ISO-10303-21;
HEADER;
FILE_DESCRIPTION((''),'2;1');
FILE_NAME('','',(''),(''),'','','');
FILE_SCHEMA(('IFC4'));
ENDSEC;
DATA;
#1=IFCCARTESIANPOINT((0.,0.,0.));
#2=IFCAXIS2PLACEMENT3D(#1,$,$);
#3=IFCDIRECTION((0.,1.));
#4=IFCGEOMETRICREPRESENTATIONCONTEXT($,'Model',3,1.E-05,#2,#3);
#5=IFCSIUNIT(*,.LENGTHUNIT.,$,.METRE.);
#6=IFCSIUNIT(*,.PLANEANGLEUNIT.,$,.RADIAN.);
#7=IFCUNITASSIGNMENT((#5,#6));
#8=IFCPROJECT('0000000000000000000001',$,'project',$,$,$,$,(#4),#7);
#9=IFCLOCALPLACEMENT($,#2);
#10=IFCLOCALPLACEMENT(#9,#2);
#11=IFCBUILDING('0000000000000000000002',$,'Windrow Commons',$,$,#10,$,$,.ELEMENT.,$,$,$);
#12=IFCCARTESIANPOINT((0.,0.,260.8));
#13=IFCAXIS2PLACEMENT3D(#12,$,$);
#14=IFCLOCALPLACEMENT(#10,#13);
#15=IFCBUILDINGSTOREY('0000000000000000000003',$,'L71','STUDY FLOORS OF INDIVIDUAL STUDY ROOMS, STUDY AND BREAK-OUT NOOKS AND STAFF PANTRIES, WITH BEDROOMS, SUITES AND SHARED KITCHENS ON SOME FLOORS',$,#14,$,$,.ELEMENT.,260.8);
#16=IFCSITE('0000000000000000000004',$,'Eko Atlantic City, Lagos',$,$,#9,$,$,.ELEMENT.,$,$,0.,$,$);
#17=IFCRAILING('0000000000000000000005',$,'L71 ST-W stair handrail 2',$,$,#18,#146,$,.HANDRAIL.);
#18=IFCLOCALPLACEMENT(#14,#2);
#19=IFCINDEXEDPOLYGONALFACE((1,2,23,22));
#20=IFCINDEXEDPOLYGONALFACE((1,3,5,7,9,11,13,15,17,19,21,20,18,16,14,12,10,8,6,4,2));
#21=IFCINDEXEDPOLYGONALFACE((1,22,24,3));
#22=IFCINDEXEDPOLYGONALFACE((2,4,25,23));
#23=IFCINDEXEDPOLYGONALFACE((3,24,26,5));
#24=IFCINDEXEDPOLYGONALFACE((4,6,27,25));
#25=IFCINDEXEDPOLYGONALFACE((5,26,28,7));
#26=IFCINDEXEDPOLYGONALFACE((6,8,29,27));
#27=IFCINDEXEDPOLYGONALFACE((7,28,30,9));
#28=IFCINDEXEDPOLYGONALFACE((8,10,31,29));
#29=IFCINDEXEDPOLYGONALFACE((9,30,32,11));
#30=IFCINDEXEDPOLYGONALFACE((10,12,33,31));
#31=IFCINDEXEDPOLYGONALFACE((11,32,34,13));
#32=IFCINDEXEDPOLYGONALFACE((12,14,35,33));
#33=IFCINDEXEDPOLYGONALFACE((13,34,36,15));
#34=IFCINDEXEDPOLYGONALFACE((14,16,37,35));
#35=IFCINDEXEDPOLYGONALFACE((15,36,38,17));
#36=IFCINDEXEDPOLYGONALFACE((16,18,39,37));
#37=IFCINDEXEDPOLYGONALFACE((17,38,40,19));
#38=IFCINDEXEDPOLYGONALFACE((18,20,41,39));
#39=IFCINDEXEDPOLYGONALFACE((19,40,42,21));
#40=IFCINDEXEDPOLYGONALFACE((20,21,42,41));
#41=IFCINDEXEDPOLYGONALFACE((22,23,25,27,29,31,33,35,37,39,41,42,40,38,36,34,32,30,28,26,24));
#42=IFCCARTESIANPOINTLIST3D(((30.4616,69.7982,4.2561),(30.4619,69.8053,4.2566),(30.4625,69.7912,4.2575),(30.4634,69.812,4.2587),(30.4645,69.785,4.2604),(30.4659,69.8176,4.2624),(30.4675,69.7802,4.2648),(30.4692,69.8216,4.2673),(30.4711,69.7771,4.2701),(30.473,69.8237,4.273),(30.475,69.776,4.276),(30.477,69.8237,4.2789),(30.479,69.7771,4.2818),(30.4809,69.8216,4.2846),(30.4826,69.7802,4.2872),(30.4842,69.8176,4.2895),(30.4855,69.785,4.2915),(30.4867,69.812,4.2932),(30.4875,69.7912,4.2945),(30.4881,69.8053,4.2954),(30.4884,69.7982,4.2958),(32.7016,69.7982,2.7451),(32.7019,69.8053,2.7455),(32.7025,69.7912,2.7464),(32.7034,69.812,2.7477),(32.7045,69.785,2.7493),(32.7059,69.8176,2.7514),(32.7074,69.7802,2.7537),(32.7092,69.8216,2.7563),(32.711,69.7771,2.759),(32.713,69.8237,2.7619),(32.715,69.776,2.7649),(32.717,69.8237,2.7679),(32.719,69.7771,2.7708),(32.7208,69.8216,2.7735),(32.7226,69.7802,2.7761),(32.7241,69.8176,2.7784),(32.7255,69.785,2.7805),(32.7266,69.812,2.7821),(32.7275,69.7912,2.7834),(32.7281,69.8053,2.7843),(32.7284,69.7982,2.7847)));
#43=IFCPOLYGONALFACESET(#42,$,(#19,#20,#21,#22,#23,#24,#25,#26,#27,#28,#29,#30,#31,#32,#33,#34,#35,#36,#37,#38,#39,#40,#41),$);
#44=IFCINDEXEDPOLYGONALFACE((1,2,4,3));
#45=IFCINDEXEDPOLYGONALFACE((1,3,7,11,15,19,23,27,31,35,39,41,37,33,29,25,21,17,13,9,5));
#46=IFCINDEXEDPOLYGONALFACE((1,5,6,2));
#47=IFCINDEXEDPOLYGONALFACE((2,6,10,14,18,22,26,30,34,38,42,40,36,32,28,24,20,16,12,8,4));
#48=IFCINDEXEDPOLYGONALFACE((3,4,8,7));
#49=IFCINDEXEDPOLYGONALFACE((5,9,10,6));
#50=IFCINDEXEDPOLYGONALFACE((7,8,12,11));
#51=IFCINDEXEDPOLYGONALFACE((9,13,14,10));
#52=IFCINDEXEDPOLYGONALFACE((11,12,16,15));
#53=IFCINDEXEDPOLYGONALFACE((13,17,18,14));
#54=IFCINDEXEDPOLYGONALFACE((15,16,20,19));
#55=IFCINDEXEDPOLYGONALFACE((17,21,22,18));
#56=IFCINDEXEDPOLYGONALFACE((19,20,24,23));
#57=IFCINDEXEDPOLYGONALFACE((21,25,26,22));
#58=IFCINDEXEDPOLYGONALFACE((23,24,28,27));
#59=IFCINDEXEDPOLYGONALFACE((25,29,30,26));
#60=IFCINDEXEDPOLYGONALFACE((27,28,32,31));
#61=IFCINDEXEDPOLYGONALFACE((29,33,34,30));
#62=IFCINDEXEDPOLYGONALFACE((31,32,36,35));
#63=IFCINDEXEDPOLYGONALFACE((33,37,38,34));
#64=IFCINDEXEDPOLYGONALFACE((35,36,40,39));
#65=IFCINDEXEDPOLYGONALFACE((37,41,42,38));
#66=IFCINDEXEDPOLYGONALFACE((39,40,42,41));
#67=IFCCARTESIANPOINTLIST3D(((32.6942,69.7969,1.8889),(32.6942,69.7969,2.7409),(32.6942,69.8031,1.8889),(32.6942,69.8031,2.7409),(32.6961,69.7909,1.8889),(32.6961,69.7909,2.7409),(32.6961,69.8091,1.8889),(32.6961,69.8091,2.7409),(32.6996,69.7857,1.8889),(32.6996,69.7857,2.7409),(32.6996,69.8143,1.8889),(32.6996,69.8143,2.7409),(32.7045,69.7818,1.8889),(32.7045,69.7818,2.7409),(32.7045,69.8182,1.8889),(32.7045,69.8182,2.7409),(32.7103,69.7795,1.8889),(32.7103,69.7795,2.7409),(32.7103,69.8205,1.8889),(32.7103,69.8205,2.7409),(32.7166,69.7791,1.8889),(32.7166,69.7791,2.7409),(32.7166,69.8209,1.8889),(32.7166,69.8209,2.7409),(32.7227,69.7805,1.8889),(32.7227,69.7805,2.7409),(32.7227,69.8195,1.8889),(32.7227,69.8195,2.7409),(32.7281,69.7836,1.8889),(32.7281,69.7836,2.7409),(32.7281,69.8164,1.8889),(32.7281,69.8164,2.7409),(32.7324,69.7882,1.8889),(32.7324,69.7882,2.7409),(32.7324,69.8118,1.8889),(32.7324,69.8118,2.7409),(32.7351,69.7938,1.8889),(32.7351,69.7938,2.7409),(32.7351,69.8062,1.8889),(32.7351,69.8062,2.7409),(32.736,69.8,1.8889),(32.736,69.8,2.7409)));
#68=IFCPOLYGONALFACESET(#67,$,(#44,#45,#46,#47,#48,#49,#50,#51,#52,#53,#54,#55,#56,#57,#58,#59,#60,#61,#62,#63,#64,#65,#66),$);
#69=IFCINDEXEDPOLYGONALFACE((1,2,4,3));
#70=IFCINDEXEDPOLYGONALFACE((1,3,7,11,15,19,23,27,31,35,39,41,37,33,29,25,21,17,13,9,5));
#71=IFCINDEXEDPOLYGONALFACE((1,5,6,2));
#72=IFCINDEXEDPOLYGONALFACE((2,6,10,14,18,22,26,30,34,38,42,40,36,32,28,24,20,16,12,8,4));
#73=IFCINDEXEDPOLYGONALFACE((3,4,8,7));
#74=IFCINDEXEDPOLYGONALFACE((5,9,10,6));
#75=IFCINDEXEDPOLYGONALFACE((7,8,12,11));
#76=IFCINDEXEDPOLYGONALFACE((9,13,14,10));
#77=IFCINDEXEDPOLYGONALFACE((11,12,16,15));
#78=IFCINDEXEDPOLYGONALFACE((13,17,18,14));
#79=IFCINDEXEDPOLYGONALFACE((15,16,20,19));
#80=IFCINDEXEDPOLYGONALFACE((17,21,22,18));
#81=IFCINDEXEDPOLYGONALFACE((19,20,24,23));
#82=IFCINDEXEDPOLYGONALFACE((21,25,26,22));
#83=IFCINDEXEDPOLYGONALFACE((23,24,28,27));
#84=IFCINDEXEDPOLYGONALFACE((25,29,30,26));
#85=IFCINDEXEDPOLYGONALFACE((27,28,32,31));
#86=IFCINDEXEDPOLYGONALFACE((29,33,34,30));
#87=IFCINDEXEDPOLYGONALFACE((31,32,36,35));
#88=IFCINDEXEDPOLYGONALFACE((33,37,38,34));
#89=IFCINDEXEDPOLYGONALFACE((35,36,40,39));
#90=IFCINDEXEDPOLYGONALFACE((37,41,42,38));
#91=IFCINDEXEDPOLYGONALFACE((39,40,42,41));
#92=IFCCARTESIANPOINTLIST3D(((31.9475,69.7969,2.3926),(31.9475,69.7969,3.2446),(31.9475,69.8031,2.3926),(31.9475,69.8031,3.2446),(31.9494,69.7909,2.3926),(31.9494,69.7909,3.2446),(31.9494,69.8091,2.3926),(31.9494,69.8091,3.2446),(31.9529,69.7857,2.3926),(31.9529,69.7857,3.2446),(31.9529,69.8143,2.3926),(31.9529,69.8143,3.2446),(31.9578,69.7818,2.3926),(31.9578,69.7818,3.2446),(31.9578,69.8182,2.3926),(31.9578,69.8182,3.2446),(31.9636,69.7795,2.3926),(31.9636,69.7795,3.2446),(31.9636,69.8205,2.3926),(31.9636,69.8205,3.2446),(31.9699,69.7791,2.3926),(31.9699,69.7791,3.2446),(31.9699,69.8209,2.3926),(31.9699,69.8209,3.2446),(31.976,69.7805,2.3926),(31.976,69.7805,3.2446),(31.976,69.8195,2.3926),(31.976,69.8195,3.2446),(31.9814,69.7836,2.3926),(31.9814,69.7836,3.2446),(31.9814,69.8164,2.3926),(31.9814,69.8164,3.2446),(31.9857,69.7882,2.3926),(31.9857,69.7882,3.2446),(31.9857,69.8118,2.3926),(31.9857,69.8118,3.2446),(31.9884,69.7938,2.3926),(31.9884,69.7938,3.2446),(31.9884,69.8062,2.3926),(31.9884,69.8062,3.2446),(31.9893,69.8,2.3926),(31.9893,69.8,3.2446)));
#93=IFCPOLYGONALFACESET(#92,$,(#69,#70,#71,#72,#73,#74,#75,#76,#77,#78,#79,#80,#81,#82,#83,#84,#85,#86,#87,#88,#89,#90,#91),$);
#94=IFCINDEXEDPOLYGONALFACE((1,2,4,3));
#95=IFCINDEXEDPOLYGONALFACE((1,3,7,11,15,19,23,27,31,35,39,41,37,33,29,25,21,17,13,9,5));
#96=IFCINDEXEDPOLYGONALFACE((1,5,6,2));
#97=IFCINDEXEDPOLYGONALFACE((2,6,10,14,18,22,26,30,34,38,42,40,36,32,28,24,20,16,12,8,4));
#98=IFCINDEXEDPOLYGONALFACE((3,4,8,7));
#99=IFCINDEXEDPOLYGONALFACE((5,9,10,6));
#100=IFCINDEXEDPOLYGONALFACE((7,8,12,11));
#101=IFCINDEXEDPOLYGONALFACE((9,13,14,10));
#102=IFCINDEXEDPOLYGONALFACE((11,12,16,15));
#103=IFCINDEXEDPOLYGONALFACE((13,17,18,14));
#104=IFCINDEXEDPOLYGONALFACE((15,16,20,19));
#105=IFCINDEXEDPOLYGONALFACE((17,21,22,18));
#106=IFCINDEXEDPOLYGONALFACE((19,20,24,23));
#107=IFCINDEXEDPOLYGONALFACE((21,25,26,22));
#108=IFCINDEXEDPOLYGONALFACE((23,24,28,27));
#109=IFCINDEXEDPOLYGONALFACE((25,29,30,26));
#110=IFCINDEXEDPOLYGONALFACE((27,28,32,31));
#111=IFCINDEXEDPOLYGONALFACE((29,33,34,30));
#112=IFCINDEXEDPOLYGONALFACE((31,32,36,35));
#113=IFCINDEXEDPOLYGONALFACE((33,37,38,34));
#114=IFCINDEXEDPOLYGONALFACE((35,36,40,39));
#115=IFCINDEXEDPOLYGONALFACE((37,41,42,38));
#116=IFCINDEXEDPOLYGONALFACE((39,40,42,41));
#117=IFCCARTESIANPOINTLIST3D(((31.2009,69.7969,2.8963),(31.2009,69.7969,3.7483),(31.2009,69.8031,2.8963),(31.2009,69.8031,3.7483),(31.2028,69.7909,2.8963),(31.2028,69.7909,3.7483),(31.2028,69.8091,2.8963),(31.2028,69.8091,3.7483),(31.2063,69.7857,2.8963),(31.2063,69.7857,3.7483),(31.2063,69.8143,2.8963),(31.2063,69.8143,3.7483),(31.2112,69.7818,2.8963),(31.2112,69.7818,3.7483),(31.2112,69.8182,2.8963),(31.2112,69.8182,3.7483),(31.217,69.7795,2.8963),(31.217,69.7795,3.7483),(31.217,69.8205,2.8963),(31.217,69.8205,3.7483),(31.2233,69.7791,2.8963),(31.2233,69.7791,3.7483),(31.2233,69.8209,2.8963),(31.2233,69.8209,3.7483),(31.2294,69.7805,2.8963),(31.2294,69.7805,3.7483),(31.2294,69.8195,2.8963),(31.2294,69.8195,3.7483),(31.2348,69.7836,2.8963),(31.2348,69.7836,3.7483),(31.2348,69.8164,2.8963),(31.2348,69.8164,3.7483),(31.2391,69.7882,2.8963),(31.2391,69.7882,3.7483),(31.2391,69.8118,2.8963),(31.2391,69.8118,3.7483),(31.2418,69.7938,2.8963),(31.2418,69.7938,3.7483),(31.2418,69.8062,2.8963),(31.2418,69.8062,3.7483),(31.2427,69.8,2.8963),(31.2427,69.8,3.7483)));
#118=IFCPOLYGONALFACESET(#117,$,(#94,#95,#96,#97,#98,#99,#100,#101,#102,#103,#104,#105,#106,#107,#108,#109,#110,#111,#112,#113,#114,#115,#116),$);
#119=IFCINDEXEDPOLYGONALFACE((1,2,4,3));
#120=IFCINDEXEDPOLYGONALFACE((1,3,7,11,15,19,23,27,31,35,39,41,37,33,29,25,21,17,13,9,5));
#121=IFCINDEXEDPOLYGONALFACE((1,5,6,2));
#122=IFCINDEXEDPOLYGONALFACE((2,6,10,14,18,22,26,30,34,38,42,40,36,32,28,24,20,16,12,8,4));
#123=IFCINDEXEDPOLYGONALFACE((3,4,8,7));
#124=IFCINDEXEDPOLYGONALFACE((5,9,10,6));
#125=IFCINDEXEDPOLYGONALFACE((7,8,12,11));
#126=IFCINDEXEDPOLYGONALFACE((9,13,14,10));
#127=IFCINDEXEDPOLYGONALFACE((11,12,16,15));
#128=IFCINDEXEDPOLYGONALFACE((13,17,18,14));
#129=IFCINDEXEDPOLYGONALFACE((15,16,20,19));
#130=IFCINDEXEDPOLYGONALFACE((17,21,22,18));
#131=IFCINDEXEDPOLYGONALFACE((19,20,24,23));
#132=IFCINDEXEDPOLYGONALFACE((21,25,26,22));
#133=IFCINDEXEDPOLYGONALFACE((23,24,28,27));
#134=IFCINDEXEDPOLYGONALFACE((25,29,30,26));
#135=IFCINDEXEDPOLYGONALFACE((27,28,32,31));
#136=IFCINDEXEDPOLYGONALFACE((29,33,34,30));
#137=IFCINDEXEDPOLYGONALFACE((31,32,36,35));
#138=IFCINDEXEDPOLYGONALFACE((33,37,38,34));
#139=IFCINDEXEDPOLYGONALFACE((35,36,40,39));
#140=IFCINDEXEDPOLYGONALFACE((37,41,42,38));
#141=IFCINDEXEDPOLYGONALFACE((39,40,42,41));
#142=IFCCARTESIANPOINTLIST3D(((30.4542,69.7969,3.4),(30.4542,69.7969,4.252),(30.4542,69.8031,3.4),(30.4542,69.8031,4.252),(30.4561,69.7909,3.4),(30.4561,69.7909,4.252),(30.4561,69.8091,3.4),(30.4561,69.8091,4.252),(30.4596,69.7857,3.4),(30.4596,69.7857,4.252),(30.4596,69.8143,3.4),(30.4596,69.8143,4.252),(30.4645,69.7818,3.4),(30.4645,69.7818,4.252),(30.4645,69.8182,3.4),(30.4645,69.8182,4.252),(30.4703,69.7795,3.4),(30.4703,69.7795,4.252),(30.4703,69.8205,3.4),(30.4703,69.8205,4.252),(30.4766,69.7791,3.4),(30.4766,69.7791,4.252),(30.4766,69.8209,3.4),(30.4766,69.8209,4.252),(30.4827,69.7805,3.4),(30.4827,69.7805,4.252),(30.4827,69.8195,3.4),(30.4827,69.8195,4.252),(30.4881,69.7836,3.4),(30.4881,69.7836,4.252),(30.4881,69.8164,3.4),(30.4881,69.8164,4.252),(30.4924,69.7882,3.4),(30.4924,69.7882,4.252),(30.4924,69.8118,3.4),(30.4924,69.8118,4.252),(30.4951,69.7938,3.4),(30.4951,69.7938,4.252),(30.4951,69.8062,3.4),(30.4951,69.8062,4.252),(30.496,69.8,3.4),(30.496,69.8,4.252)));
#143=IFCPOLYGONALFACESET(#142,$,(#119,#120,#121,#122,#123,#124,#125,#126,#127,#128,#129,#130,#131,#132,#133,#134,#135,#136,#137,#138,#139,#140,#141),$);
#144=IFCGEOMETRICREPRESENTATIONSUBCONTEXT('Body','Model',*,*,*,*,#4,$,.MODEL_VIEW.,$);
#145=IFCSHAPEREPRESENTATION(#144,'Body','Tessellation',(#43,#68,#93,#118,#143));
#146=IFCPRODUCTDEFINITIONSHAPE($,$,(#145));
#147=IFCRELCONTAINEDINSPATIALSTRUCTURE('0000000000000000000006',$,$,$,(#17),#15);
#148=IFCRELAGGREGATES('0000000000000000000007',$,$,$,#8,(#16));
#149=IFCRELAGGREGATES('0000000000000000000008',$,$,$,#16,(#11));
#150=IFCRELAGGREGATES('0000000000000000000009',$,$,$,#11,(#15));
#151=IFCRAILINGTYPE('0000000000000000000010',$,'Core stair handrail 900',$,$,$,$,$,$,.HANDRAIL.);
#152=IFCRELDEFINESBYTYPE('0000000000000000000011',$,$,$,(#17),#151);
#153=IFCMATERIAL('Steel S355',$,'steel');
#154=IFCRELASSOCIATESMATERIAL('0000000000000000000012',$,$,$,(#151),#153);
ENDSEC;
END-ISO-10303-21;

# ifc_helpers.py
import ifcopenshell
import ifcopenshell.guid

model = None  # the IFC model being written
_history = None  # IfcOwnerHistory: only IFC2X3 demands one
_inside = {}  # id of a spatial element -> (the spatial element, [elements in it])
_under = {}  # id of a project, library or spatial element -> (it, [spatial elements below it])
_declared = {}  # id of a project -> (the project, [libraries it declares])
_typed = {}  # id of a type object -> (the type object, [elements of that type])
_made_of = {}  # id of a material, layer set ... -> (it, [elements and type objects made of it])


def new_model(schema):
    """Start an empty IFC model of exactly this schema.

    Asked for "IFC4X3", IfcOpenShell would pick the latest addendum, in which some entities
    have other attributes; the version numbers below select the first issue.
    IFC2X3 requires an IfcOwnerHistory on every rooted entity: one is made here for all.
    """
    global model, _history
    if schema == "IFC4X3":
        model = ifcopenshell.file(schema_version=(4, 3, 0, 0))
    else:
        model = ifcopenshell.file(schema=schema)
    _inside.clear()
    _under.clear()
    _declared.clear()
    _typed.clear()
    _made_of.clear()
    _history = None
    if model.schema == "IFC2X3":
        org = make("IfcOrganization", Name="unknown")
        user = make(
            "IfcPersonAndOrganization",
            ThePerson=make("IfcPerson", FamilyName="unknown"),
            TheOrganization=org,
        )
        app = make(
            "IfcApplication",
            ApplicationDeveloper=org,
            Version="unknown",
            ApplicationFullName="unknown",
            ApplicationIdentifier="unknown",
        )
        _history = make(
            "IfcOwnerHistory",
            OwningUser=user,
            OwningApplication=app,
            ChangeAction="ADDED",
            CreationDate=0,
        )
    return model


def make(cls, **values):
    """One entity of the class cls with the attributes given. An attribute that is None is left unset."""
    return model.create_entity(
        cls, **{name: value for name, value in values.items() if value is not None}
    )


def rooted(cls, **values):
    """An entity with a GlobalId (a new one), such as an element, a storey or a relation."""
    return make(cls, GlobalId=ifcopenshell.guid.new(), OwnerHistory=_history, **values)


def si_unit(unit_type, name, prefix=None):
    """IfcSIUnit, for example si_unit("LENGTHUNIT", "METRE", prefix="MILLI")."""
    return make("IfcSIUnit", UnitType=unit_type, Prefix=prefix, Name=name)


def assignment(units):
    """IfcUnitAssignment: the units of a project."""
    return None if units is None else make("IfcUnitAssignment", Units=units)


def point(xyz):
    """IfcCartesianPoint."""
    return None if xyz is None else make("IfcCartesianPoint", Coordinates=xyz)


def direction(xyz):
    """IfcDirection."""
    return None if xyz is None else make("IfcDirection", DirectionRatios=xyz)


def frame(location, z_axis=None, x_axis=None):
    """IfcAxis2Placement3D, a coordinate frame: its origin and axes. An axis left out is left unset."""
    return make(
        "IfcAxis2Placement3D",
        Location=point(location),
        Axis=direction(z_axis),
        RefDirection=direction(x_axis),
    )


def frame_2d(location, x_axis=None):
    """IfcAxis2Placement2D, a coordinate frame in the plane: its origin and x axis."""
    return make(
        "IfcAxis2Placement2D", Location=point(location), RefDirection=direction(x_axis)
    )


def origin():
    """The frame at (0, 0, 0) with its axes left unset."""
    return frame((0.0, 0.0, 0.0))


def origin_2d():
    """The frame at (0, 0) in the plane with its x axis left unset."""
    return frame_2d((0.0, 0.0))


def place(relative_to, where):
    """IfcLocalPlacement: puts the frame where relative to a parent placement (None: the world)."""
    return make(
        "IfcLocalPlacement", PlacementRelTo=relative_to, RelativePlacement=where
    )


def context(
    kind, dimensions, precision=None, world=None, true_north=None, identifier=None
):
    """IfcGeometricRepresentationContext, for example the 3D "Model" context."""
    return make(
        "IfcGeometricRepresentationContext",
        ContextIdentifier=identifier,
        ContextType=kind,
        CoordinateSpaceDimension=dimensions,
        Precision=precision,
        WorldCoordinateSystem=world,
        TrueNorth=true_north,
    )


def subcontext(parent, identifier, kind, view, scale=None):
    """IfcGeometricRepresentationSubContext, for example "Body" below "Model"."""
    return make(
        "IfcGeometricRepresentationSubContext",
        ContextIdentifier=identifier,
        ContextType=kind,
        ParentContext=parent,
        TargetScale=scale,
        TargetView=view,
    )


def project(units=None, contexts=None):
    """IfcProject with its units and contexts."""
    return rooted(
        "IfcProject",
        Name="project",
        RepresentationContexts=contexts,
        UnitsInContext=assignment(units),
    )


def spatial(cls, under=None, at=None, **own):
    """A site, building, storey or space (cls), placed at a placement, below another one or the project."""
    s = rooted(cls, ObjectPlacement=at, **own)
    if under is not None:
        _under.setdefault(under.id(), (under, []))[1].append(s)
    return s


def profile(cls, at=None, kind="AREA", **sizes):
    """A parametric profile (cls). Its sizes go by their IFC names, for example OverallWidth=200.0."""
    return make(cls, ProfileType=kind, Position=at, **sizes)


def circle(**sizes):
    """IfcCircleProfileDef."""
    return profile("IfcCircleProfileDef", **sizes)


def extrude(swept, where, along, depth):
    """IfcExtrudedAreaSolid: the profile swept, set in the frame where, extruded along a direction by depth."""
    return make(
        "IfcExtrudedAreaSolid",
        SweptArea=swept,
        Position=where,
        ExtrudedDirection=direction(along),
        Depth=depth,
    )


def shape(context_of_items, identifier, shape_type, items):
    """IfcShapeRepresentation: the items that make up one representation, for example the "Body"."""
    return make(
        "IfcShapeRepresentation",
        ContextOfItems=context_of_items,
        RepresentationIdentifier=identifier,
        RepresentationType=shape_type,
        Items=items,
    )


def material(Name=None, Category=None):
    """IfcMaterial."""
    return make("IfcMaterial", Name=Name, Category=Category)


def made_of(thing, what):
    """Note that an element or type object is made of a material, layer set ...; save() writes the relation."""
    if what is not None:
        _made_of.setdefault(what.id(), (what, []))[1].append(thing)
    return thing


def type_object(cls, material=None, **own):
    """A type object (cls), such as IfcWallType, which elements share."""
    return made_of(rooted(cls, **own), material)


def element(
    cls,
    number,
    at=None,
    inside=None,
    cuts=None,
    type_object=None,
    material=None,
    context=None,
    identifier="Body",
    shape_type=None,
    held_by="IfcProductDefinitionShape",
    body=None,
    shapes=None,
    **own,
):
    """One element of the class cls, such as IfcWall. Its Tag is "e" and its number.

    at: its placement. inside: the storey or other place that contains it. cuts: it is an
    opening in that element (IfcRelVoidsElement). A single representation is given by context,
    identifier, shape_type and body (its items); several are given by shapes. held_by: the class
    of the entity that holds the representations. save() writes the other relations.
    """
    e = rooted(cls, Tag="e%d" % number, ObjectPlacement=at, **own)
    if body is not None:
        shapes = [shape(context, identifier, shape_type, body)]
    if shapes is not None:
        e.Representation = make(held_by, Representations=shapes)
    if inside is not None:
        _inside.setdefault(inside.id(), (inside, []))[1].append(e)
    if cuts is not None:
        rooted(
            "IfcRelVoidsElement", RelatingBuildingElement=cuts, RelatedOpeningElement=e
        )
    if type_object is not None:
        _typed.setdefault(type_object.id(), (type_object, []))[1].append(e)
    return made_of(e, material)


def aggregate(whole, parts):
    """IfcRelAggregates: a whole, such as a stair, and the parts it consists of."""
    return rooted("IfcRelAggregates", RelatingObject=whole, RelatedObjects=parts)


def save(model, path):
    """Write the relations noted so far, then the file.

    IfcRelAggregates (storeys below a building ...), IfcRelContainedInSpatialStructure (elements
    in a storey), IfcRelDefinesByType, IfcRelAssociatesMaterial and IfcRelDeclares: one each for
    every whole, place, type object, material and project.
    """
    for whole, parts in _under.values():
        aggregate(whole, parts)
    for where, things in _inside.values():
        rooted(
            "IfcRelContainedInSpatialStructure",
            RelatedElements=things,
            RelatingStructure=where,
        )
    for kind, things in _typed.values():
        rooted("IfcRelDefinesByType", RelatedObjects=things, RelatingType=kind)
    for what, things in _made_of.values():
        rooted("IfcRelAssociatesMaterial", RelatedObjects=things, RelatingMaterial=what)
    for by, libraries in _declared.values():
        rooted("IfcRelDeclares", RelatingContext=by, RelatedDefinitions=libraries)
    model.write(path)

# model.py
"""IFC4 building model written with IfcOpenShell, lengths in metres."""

from ifc_helpers import new_model, si_unit, direction, frame, origin, origin_2d, place, context, subcontext, project, spatial, circle, extrude, material, type_object, element, save


model = new_model("IFC4")

# Units and contexts
model_context = context("Model", 3, precision=1e-05, world=origin(), true_north=direction((0.0, 1.0)))
body_context = subcontext(model_context, "Body", "Model", "MODEL_VIEW")
ifc_project = project(units=[si_unit("LENGTHUNIT", "METRE"), si_unit("PLANEANGLEUNIT", "RADIAN")], contexts=[model_context])

# Site, building, storey
site_placement = place(None, origin())
site = spatial("IfcSite", under=ifc_project, at=site_placement, Name="Eko Atlantic City, Lagos", CompositionType="ELEMENT", RefElevation=0.0)
building_placement = place(site_placement, origin())
building = spatial("IfcBuilding", under=site, at=building_placement, Name="Windrow Commons", CompositionType="ELEMENT")
storey_placement = place(building_placement, frame((0.0, 0.0, 260.8)))
storey = spatial("IfcBuildingStorey", under=building, at=storey_placement, Name="L71", Description="STUDY FLOORS OF INDIVIDUAL STUDY ROOMS, STUDY AND BREAK-OUT NOOKS AND STAFF PANTRIES, WITH BEDROOMS, SUITES AND SHARED KITCHENS ON SOME FLOORS", CompositionType="ELEMENT", Elevation=260.8)

# Railing
ifc_material_1 = material(Name="Steel S355", Category="steel")
railing_type_1 = type_object("IfcRailingType", Name="Core stair handrail 900", PredefinedType="HANDRAIL", material=ifc_material_1)
railing_1_placement = place(storey_placement, frame((32.715, 69.8, 1.8889)))
element("IfcRailing", 1, at=railing_1_placement, inside=storey, type_object=railing_type_1, Name="L71 ST-W stair handrail 2", PredefinedType="HANDRAIL", context=body_context, shape_type="SweptSolid", body=[
    extrude(circle(Radius=0.024, at=origin_2d()), frame((0.0, 0.0, 0.876), z_axis=(-0.829003, 0.0, 0.559244), x_axis=(0.0, -1.0, 0.0)), (0.0, 0.0, 1.0), 2.702),
    extrude(circle(Radius=0.021, at=origin_2d()), origin(), (0.0, 0.0, 1.0), 0.852),
    extrude(circle(Radius=0.021, at=origin_2d()), frame((-0.7467, 0.0, 0.5037)), (0.0, 0.0, 1.0), 0.852),
    extrude(circle(Radius=0.021, at=origin_2d()), frame((-1.4933, 0.0, 1.0074)), (0.0, 0.0, 1.0), 0.852),
    extrude(circle(Radius=0.021, at=origin_2d()), frame((-2.24, 0.0, 1.5111)), (0.0, 0.0, 1.0), 0.852),
])

save(model, "model.ifc")
